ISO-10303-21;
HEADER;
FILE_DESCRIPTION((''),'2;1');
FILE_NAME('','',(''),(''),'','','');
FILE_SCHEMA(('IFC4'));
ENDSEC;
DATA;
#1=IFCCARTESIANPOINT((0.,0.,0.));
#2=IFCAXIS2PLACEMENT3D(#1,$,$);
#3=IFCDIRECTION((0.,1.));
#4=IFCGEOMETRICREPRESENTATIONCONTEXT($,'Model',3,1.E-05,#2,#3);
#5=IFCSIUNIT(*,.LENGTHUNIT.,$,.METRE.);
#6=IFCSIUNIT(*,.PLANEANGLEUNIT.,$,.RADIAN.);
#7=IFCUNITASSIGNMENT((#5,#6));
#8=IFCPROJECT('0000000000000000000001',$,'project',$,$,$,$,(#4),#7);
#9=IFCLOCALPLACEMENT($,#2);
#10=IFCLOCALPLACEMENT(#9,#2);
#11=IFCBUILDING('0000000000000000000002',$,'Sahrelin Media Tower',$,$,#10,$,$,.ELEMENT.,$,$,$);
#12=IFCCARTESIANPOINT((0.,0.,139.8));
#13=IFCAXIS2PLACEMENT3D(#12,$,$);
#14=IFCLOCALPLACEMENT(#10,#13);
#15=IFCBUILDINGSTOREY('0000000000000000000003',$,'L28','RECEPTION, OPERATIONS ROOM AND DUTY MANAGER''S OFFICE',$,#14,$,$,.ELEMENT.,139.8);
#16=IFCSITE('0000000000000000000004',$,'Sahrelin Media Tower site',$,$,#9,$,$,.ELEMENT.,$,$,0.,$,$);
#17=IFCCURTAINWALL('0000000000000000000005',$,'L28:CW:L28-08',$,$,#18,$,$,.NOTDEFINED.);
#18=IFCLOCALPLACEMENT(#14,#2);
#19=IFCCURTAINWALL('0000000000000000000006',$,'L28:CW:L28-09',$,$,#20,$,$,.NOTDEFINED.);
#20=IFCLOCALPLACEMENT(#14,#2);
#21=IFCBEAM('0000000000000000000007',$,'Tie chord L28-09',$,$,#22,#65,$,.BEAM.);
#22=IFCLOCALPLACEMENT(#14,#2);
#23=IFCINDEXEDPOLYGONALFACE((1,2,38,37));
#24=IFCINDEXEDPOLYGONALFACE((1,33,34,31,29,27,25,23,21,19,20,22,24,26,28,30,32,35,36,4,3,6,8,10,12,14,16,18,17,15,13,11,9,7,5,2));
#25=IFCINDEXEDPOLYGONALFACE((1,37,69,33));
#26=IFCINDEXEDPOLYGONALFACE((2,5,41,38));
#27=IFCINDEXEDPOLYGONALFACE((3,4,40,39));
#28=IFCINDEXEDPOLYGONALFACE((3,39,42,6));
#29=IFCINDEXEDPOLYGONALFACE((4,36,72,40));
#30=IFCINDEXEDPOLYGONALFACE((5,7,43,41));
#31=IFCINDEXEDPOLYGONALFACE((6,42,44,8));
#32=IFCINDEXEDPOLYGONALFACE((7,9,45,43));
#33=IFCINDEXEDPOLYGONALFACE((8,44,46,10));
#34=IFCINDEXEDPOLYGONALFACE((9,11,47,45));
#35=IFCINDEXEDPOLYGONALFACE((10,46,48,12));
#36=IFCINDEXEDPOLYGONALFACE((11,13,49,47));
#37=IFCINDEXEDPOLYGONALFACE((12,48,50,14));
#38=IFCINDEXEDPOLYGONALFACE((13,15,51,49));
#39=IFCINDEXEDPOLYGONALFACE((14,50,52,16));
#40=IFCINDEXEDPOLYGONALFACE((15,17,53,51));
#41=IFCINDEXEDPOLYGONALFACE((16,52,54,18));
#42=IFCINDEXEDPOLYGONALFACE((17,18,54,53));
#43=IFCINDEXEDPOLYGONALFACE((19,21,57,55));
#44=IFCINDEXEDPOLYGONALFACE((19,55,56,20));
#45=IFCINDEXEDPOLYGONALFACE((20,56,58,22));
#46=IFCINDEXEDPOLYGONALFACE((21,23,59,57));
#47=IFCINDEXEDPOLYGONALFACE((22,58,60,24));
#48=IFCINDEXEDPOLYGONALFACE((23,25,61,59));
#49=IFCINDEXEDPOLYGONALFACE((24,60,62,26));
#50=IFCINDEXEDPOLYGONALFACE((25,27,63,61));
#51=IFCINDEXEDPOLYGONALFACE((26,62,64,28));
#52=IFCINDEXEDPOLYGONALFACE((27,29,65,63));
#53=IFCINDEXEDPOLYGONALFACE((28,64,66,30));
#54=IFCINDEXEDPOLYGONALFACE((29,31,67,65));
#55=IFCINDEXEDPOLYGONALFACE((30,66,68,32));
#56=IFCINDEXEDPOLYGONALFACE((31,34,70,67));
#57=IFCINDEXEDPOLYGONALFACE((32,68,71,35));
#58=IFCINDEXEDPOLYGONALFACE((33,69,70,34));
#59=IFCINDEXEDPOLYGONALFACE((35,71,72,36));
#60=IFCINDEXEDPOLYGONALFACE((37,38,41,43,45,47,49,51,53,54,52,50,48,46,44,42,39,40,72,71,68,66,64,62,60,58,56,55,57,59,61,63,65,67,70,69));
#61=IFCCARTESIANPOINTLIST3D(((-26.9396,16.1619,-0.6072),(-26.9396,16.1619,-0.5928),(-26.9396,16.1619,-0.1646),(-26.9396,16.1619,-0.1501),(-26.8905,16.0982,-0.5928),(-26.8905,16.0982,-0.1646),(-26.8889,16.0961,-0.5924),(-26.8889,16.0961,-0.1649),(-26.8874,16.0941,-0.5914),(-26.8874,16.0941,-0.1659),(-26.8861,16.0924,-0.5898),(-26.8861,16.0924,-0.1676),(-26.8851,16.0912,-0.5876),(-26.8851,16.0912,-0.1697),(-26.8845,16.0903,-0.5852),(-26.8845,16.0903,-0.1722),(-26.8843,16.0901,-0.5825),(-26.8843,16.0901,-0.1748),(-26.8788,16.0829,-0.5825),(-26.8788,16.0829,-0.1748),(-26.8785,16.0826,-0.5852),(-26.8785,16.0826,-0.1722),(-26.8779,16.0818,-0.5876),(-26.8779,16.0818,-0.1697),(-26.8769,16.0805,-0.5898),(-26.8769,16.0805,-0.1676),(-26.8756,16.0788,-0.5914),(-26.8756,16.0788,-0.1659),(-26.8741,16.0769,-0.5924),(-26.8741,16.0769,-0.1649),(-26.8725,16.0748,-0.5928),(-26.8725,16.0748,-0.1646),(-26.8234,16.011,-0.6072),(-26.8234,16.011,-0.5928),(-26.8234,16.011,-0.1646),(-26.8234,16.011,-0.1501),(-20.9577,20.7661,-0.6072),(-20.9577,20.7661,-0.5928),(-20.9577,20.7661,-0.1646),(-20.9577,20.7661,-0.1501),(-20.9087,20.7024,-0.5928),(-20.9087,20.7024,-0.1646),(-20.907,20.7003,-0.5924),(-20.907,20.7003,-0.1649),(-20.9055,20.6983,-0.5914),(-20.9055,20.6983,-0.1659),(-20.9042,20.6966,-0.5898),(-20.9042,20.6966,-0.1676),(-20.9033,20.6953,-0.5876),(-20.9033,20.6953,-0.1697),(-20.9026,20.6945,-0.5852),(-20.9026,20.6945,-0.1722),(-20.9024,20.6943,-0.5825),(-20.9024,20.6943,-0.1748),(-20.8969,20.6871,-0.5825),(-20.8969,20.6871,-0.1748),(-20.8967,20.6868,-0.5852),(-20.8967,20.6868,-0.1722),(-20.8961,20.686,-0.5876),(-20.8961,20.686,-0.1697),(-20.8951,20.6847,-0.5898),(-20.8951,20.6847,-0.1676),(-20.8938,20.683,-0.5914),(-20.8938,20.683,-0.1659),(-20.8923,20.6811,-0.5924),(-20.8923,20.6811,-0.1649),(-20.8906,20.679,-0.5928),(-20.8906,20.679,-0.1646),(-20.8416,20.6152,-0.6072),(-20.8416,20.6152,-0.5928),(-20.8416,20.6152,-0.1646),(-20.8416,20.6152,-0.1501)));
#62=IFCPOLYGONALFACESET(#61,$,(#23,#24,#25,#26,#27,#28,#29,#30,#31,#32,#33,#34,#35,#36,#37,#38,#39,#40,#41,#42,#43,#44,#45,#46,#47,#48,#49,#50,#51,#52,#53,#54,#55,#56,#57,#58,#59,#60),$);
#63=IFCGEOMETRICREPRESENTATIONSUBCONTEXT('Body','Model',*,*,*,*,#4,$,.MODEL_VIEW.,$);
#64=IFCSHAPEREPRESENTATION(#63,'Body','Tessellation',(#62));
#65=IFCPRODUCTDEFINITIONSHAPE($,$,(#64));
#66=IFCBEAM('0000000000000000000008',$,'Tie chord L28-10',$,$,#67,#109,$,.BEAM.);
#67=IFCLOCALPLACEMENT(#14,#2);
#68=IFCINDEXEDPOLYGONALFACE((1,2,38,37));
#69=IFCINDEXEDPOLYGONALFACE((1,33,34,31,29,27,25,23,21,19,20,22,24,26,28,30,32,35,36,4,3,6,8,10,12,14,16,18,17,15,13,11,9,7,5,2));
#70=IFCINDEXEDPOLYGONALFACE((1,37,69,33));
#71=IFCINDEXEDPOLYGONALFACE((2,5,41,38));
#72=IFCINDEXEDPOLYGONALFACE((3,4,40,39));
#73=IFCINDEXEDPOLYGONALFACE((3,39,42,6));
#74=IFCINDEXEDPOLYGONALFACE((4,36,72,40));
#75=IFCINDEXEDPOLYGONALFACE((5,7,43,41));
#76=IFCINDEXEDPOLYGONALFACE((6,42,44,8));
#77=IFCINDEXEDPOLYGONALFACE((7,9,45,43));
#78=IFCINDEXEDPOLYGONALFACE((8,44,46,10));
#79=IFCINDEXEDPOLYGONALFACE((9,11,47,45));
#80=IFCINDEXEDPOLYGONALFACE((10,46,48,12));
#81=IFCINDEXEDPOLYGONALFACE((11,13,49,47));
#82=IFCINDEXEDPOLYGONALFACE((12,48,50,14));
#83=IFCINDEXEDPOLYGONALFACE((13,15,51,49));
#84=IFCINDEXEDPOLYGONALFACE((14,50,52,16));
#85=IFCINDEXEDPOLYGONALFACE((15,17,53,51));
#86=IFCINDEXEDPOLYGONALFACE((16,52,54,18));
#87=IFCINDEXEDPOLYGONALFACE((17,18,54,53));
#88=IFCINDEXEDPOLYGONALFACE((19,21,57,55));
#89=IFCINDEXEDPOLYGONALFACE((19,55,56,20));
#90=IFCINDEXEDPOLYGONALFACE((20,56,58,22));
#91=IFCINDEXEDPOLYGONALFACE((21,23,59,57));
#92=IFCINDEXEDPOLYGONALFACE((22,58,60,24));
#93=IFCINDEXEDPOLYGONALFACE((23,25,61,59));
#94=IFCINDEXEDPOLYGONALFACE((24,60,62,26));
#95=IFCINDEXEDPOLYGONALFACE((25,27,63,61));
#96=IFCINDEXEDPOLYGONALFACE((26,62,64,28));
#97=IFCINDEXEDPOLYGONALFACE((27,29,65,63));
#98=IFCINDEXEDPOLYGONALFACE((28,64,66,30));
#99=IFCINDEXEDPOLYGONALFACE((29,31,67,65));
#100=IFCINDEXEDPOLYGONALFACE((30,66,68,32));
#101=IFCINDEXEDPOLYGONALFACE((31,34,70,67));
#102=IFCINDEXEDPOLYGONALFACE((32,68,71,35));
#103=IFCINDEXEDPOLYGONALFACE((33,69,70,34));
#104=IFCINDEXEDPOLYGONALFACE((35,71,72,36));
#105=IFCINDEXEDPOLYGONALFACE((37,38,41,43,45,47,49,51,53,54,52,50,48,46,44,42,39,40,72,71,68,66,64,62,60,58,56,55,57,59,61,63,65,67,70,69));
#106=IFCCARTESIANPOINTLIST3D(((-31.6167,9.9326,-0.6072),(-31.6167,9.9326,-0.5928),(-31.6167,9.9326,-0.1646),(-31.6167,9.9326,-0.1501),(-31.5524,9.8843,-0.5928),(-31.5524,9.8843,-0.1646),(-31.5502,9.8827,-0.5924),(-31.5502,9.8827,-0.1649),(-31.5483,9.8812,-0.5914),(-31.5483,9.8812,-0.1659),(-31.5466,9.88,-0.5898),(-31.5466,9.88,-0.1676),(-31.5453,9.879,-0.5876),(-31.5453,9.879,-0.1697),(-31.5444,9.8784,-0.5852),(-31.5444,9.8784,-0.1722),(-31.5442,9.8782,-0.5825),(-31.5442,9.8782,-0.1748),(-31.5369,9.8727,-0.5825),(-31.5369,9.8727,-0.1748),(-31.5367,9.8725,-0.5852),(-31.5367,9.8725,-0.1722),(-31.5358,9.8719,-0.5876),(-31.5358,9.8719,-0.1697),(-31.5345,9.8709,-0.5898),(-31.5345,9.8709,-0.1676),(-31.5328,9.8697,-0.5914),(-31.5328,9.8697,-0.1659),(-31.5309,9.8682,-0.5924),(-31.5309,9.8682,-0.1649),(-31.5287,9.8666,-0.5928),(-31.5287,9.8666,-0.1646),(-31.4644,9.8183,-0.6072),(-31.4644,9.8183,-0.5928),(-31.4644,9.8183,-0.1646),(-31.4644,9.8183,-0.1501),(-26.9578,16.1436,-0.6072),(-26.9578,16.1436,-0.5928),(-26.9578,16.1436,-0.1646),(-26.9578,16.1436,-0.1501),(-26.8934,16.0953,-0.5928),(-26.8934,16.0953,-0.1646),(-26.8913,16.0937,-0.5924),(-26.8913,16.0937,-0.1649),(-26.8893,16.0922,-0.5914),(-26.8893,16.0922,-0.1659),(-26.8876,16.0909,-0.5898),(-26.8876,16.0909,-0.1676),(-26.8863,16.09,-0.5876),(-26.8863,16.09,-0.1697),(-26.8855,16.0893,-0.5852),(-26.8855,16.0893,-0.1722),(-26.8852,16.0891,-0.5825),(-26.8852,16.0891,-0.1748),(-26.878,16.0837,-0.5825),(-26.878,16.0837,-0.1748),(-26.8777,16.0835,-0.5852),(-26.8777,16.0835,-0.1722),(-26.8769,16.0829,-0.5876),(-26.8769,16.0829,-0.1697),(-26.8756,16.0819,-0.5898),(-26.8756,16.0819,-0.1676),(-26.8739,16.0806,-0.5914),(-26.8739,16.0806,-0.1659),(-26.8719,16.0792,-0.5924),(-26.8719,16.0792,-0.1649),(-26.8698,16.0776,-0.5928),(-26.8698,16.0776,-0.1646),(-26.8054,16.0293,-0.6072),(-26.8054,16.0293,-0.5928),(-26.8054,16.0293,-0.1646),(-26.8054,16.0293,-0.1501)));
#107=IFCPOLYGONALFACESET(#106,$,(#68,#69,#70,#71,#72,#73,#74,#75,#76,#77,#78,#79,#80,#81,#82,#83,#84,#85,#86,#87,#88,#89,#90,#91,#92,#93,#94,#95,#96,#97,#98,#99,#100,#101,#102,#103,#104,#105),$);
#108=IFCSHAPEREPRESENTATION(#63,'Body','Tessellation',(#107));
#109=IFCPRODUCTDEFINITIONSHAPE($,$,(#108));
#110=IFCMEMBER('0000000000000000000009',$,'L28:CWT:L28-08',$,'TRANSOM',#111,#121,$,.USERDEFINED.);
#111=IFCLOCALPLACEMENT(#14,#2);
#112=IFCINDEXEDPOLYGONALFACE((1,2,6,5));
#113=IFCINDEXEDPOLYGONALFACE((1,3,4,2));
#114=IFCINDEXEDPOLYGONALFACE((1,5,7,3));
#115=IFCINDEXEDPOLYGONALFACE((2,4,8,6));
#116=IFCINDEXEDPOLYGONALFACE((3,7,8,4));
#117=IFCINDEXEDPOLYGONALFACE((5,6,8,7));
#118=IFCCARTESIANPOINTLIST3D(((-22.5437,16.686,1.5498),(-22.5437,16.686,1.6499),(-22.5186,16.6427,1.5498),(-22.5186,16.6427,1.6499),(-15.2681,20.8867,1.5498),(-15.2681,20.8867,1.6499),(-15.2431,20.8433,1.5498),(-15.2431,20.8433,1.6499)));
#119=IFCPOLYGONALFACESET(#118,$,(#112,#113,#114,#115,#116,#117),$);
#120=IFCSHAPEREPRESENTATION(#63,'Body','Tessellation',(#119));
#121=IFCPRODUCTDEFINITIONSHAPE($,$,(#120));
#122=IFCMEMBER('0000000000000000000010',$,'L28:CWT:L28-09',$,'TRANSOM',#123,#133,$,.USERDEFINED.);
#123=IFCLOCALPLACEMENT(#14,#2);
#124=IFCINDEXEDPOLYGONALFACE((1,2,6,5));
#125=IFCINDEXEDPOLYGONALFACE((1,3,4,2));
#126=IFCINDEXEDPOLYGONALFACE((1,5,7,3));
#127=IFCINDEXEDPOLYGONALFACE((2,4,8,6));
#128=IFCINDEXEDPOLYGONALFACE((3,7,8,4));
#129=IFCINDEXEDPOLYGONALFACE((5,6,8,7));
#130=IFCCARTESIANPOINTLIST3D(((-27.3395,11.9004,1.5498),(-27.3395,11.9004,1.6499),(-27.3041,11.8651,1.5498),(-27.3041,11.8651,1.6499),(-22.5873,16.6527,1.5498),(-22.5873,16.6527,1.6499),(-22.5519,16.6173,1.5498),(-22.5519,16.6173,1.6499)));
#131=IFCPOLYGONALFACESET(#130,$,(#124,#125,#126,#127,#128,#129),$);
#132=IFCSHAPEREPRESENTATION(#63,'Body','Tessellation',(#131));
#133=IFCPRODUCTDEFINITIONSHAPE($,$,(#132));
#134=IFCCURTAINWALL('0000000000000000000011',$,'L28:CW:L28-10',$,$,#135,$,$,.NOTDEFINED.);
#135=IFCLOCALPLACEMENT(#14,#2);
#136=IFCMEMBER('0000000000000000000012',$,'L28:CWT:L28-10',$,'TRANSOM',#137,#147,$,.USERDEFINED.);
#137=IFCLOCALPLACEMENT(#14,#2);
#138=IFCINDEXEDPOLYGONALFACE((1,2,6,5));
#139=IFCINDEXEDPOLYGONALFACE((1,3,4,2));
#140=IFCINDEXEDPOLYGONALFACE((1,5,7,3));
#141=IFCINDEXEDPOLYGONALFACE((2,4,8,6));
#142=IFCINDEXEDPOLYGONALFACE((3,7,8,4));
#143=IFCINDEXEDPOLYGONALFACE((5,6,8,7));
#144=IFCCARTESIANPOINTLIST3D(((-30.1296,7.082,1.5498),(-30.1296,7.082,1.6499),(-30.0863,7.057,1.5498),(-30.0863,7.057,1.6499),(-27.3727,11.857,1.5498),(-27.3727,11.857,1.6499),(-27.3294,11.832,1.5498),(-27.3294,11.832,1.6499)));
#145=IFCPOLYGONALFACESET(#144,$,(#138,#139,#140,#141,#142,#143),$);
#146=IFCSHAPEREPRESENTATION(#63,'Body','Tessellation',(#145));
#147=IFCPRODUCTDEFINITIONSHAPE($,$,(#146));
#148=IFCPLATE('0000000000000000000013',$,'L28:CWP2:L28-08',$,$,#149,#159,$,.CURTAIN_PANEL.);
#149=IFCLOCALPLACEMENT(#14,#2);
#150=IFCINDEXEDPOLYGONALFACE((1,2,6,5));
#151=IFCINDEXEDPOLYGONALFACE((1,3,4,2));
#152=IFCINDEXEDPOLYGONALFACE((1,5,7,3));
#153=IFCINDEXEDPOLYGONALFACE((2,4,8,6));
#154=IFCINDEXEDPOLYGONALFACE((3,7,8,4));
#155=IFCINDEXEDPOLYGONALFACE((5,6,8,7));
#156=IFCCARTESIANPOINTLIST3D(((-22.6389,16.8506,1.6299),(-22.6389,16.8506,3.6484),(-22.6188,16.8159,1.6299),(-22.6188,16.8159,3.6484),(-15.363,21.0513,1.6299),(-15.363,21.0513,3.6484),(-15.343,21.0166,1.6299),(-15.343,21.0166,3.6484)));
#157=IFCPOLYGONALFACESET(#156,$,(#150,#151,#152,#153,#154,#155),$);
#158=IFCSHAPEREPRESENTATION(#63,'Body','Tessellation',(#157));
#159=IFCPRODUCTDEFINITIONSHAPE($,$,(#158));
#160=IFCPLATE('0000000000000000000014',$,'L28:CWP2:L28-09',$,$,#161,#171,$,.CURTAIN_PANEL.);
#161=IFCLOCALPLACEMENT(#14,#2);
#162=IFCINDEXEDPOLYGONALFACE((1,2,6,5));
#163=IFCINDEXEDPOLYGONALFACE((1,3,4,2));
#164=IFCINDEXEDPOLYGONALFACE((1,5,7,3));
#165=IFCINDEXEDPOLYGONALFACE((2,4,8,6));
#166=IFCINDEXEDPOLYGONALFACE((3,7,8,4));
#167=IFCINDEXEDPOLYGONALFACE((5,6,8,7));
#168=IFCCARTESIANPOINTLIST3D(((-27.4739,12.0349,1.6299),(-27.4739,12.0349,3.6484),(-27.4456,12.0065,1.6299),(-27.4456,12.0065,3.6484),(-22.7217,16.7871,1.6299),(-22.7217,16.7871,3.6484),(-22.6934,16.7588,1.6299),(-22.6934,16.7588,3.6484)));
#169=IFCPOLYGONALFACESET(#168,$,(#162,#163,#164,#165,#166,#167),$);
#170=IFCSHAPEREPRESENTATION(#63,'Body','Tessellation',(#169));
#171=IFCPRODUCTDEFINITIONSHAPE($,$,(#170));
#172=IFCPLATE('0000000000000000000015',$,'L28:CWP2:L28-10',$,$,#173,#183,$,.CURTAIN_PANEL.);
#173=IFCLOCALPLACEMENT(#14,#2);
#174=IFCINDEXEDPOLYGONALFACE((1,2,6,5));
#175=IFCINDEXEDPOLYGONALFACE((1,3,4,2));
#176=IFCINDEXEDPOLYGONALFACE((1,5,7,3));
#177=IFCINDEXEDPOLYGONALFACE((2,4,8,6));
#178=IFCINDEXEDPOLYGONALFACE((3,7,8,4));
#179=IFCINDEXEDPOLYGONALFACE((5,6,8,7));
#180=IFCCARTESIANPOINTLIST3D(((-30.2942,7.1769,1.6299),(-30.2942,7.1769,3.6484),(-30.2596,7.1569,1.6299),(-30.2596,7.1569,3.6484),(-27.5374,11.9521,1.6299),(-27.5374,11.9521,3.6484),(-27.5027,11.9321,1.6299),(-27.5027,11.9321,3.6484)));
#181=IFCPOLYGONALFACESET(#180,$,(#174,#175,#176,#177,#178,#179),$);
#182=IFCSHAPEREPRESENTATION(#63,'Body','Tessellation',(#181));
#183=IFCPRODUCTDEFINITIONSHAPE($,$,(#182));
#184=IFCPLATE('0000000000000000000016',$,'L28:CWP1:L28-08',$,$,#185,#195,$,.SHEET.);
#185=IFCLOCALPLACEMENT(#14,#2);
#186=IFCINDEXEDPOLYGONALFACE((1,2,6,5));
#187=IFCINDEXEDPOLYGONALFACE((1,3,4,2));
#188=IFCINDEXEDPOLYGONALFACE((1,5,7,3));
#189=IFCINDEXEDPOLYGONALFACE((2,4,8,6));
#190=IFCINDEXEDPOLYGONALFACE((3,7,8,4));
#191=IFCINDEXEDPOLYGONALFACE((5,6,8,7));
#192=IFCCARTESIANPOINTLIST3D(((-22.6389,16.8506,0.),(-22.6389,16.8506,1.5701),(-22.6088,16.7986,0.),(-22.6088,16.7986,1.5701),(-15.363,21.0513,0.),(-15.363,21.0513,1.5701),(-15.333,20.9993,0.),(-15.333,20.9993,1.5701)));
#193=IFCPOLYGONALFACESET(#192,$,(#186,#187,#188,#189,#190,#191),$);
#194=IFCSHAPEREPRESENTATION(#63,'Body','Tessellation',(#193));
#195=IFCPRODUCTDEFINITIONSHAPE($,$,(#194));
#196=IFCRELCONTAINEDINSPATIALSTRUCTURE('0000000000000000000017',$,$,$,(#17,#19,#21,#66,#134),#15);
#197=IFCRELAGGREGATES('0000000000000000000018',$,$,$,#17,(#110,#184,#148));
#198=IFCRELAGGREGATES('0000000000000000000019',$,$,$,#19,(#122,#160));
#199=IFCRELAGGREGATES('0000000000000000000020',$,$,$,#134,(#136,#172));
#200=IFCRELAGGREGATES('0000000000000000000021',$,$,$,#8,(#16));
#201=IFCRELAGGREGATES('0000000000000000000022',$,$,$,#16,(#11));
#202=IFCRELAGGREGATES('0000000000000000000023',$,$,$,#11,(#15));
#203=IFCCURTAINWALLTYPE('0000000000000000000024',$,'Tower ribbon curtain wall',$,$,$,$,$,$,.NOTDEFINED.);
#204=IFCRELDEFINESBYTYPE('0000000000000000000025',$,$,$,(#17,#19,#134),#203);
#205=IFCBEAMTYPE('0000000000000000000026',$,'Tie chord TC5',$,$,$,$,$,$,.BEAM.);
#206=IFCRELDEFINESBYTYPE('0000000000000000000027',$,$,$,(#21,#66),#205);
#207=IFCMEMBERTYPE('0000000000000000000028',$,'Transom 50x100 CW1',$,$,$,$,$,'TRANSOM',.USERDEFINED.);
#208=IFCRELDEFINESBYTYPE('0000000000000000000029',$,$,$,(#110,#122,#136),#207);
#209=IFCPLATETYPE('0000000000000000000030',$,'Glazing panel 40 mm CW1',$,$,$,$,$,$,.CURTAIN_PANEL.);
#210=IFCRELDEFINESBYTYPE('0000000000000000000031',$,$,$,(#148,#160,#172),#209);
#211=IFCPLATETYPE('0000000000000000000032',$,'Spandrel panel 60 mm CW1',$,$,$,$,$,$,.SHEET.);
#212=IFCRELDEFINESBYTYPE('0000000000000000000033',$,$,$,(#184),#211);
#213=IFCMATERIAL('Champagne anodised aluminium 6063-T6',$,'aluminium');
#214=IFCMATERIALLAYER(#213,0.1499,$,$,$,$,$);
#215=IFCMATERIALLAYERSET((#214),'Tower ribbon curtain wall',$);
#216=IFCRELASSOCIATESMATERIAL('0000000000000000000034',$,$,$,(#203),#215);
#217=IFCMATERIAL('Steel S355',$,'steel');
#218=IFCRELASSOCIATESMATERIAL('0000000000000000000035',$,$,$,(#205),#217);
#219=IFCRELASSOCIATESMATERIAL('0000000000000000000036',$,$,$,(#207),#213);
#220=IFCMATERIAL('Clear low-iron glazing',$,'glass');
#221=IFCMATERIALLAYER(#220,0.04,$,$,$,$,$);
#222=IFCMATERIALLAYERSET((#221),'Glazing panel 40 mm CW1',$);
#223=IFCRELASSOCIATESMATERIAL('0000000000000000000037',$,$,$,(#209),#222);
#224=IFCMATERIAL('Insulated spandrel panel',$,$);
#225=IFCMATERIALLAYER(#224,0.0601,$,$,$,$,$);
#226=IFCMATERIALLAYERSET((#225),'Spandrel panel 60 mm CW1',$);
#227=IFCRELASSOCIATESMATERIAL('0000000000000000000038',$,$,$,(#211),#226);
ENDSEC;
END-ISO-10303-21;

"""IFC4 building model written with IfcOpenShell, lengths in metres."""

from ifc_helpers import new_model, si_unit, direction, frame, origin, origin_2d, place, context, subcontext, project, spatial, polyline, rectangle, i_section, outline, extrude, material, layer, layer_set, material_profile, profile_set, type_object, element, aggregate, save


model = new_model("IFC4")

# Units and contexts
model_context = context("Model", 3, precision=1e-05, world=origin(), true_north=direction((0.0, 1.0)))
body_context = subcontext(model_context, "Body", "Model", "MODEL_VIEW")
ifc_project = project(units=[si_unit("LENGTHUNIT", "METRE"), si_unit("PLANEANGLEUNIT", "RADIAN")], contexts=[model_context])

# Site, building, storey
site_placement = place(None, origin())
site = spatial("IfcSite", under=ifc_project, at=site_placement, Name="Sahrelin Media Tower site", CompositionType="ELEMENT", RefElevation=0.0)
building_placement = place(site_placement, origin())
building = spatial("IfcBuilding", under=site, at=building_placement, Name="Sahrelin Media Tower", CompositionType="ELEMENT")
storey_placement = place(building_placement, frame((0.0, 0.0, 139.8)))
storey = spatial("IfcBuildingStorey", under=building, at=storey_placement, Name="L28", Description="RECEPTION, OPERATIONS ROOM AND DUTY MANAGER'S OFFICE", CompositionType="ELEMENT", Elevation=139.8)

# Shared definitions
ifc_material_1 = material(Name="Steel S355", Category="steel")

# Curtain walls
ifc_material_2 = material(Name="Champagne anodised aluminium 6063-T6", Category="aluminium")
ifc_layer_1 = layer(ifc_material_2, 0.1499)
ifc_layer_set_1 = layer_set([ifc_layer_1], Name="Tower ribbon curtain wall")
curtain_wall_type = type_object("IfcCurtainWallType", Name="Tower ribbon curtain wall", PredefinedType="NOTDEFINED", material=ifc_layer_set_1)
curtain_wall_1_placement = place(storey_placement, frame((-18.991, 18.9336, 0.0), z_axis=(0.0, 0.0, 1.0), x_axis=(1.0, 0.0, 0.0)))
curtain_wall_1 = element("IfcCurtainWall", 1, at=curtain_wall_1_placement, inside=storey, type_object=curtain_wall_type, Name="L28:CW:L28-08", PredefinedType="NOTDEFINED")
curtain_wall_2_placement = place(storey_placement, frame((-25.0835, 14.397, 0.0), z_axis=(0.0, 0.0, 1.0), x_axis=(1.0, 0.0, 0.0)))
curtain_wall_2 = element("IfcCurtainWall", 2, at=curtain_wall_2_placement, inside=storey, type_object=curtain_wall_type, Name="L28:CW:L28-09", PredefinedType="NOTDEFINED")

# Beams
ifc_material_profile_1 = material_profile(ifc_material_1, i_section(OverallWidth=0.1904, OverallDepth=0.457, WebThickness=0.009, FlangeThickness=0.0144, FilletRadius=0.0103, at=origin_2d()), Name="UB 457x191x74")
ifc_profile_set_1 = profile_set([ifc_material_profile_1], Name="Steel S355")
beam_type_1 = type_object("IfcBeamType", Name="Tie chord TC5", PredefinedType="BEAM", material=ifc_profile_set_1)
beam_1_placement = place(storey_placement, frame((-20.8997, 20.6907, -0.3787), z_axis=(-0.792447, -0.60994, 0.0), x_axis=(0.60994, -0.792447, 0.0)))
element("IfcBeam", 3, at=beam_1_placement, inside=storey, type_object=beam_type_1, Name="Tie chord L28-09", PredefinedType="BEAM", context=body_context, shape_type="SweptSolid", body=[
    extrude(i_section(OverallWidth=0.1904, OverallDepth=0.457, WebThickness=0.009, FlangeThickness=0.0144, FilletRadius=0.0103, at=origin_2d()), origin(), (0.0, 0.0, 1.0), 7.5486),
])
beam_2_placement = place(storey_placement, frame((-26.8816, 16.0864, -0.3787), z_axis=(-0.60006, -0.799955, 0.0), x_axis=(0.799955, -0.60006, 0.0)))
element("IfcBeam", 4, at=beam_2_placement, inside=storey, type_object=beam_type_1, Name="Tie chord L28-10", PredefinedType="BEAM", context=body_context, shape_type="SweptSolid", body=[
    extrude(i_section(OverallWidth=0.1904, OverallDepth=0.457, WebThickness=0.009, FlangeThickness=0.0144, FilletRadius=0.0103, at=origin_2d()), origin(), (0.0, 0.0, 1.0), 7.7642),
])

# Members
ifc_material_profile_2 = material_profile(ifc_material_2, rectangle(XDim=0.05, YDim=0.1001, at=origin_2d()), Name="Transom 50x100")
ifc_profile_set_2 = profile_set([ifc_material_profile_2], Name="Champagne anodised aluminium 6063-T6")
member_type_1 = type_object("IfcMemberType", Name="Transom 50x100 CW1", ElementType="TRANSOM", PredefinedType="USERDEFINED", material=ifc_profile_set_2)
member_1_placement = place(storey_placement, frame((-15.2556, 20.865, 1.5999), z_axis=(-0.866021, -0.500008, 0.0), x_axis=(0.500008, -0.866021, 0.0)))
member_1 = element("IfcMember", 5, at=member_1_placement, type_object=member_type_1, Name="L28:CWT:L28-08", ObjectType="TRANSOM", PredefinedType="USERDEFINED", context=body_context, shape_type="SweptSolid", body=[
    extrude(rectangle(XDim=0.05, YDim=0.1001, at=origin_2d()), origin(), (0.0, 0.0, 1.0), 8.4011),
])
member_2_placement = place(storey_placement, frame((-22.5696, 16.635, 1.5999), z_axis=(-0.707107, -0.707107, 0.0), x_axis=(0.707107, -0.707107, 0.0)))
member_2 = element("IfcMember", 6, at=member_2_placement, type_object=member_type_1, Name="L28:CWT:L28-09", ObjectType="TRANSOM", PredefinedType="USERDEFINED", context=body_context, shape_type="SweptSolid", body=[
    extrude(rectangle(XDim=0.05, YDim=0.1001, at=origin_2d()), origin(), (0.0, 0.0, 1.0), 6.7207),
])

# Curtain wall, member
curtain_wall_3_placement = place(storey_placement, frame((-28.8984, 9.5547, 0.0), z_axis=(0.0, 0.0, 1.0), x_axis=(1.0, 0.0, 0.0)))
curtain_wall_3 = element("IfcCurtainWall", 7, at=curtain_wall_3_placement, inside=storey, type_object=curtain_wall_type, Name="L28:CW:L28-10", PredefinedType="NOTDEFINED")
member_3_placement = place(storey_placement, frame((-27.3511, 11.8445, 1.5999), z_axis=(-0.500006, -0.866022, 0.0), x_axis=(0.866022, -0.500006, 0.0)))
member_3 = element("IfcMember", 8, at=member_3_placement, type_object=member_type_1, Name="L28:CWT:L28-10", ObjectType="TRANSOM", PredefinedType="USERDEFINED", context=body_context, shape_type="SweptSolid", body=[
    extrude(rectangle(XDim=0.05, YDim=0.1001, at=origin_2d()), origin(), (0.0, 0.0, 1.0), 5.5137),
])

# Plates
ifc_material_3 = material(Name="Clear low-iron glazing", Category="glass")
ifc_layer_2 = layer(ifc_material_3, 0.04)
ifc_layer_set_2 = layer_set([ifc_layer_2], Name="Glazing panel 40 mm CW1")
plate_type_1 = type_object("IfcPlateType", Name="Glazing panel 40 mm CW1", PredefinedType="CURTAIN_PANEL", material=ifc_layer_set_2)
plate_1_placement = place(storey_placement, frame((-15.363, 21.0513, 1.6299), z_axis=(-0.499996, 0.866028, 0.0), x_axis=(-0.866028, -0.499996, 0.0)))
plate_1 = element("IfcPlate", 9, at=plate_1_placement, type_object=plate_type_1, Name="L28:CWP2:L28-08", PredefinedType="CURTAIN_PANEL", context=body_context, shape_type="SweptSolid", body=[
    extrude(outline(polyline([(0.0, 0.0), (8.4014, 0.0), (8.4014, 2.0186), (0.0, 2.0186), (0.0, 0.0)])), origin(), (0.0, 0.0, -1.0), 0.04),
])
plate_2_placement = place(storey_placement, frame((-22.7217, 16.7871, 1.6299), z_axis=(-0.707107, 0.707107, 0.0), x_axis=(-0.707107, -0.707107, 0.0)))
plate_2 = element("IfcPlate", 10, at=plate_2_placement, type_object=plate_type_1, Name="L28:CWP2:L28-09", PredefinedType="CURTAIN_PANEL", context=body_context, shape_type="SweptSolid", body=[
    extrude(outline(polyline([(0.0, 0.0), (6.7207, 0.0), (6.7207, 2.0186), (0.0, 2.0186), (0.0, 0.0)])), origin(), (0.0, 0.0, -1.0), 0.04),
])
plate_3_placement = place(storey_placement, frame((-27.5374, 11.9521, 1.6299), z_axis=(-0.866033, 0.499987, 0.0), x_axis=(-0.499987, -0.866033, 0.0)))
plate_3 = element("IfcPlate", 11, at=plate_3_placement, type_object=plate_type_1, Name="L28:CWP2:L28-10", PredefinedType="CURTAIN_PANEL", context=body_context, shape_type="SweptSolid", body=[
    extrude(outline(polyline([(0.0, 0.0), (5.5139, 0.0), (5.5139, 2.0186), (0.0, 2.0186), (0.0, 0.0)])), origin(), (0.0, 0.0, -1.0), 0.04),
])
ifc_material_4 = material(Name="Insulated spandrel panel")
ifc_layer_3 = layer(ifc_material_4, 0.0601)
ifc_layer_set_3 = layer_set([ifc_layer_3], Name="Spandrel panel 60 mm CW1")
plate_type_2 = type_object("IfcPlateType", Name="Spandrel panel 60 mm CW1", PredefinedType="SHEET", material=ifc_layer_set_3)
plate_4_placement = place(storey_placement, frame((-15.363, 21.0513, 0.0), z_axis=(-0.499996, 0.866028, 0.0), x_axis=(-0.866028, -0.499996, 0.0)))
plate_4 = element("IfcPlate", 12, at=plate_4_placement, type_object=plate_type_2, Name="L28:CWP1:L28-08", PredefinedType="SHEET", context=body_context, shape_type="SweptSolid", body=[
    extrude(outline(polyline([(0.0, 0.0), (8.4014, 0.0), (8.4014, 1.5701), (0.0, 1.5701), (0.0, 0.0)])), origin(), (0.0, 0.0, -1.0), 0.0601),
])
aggregate(curtain_wall_1, [member_1, plate_4, plate_1])
aggregate(curtain_wall_2, [member_2, plate_2])
aggregate(curtain_wall_3, [member_3, plate_3])

save(model, "model.ifc")
